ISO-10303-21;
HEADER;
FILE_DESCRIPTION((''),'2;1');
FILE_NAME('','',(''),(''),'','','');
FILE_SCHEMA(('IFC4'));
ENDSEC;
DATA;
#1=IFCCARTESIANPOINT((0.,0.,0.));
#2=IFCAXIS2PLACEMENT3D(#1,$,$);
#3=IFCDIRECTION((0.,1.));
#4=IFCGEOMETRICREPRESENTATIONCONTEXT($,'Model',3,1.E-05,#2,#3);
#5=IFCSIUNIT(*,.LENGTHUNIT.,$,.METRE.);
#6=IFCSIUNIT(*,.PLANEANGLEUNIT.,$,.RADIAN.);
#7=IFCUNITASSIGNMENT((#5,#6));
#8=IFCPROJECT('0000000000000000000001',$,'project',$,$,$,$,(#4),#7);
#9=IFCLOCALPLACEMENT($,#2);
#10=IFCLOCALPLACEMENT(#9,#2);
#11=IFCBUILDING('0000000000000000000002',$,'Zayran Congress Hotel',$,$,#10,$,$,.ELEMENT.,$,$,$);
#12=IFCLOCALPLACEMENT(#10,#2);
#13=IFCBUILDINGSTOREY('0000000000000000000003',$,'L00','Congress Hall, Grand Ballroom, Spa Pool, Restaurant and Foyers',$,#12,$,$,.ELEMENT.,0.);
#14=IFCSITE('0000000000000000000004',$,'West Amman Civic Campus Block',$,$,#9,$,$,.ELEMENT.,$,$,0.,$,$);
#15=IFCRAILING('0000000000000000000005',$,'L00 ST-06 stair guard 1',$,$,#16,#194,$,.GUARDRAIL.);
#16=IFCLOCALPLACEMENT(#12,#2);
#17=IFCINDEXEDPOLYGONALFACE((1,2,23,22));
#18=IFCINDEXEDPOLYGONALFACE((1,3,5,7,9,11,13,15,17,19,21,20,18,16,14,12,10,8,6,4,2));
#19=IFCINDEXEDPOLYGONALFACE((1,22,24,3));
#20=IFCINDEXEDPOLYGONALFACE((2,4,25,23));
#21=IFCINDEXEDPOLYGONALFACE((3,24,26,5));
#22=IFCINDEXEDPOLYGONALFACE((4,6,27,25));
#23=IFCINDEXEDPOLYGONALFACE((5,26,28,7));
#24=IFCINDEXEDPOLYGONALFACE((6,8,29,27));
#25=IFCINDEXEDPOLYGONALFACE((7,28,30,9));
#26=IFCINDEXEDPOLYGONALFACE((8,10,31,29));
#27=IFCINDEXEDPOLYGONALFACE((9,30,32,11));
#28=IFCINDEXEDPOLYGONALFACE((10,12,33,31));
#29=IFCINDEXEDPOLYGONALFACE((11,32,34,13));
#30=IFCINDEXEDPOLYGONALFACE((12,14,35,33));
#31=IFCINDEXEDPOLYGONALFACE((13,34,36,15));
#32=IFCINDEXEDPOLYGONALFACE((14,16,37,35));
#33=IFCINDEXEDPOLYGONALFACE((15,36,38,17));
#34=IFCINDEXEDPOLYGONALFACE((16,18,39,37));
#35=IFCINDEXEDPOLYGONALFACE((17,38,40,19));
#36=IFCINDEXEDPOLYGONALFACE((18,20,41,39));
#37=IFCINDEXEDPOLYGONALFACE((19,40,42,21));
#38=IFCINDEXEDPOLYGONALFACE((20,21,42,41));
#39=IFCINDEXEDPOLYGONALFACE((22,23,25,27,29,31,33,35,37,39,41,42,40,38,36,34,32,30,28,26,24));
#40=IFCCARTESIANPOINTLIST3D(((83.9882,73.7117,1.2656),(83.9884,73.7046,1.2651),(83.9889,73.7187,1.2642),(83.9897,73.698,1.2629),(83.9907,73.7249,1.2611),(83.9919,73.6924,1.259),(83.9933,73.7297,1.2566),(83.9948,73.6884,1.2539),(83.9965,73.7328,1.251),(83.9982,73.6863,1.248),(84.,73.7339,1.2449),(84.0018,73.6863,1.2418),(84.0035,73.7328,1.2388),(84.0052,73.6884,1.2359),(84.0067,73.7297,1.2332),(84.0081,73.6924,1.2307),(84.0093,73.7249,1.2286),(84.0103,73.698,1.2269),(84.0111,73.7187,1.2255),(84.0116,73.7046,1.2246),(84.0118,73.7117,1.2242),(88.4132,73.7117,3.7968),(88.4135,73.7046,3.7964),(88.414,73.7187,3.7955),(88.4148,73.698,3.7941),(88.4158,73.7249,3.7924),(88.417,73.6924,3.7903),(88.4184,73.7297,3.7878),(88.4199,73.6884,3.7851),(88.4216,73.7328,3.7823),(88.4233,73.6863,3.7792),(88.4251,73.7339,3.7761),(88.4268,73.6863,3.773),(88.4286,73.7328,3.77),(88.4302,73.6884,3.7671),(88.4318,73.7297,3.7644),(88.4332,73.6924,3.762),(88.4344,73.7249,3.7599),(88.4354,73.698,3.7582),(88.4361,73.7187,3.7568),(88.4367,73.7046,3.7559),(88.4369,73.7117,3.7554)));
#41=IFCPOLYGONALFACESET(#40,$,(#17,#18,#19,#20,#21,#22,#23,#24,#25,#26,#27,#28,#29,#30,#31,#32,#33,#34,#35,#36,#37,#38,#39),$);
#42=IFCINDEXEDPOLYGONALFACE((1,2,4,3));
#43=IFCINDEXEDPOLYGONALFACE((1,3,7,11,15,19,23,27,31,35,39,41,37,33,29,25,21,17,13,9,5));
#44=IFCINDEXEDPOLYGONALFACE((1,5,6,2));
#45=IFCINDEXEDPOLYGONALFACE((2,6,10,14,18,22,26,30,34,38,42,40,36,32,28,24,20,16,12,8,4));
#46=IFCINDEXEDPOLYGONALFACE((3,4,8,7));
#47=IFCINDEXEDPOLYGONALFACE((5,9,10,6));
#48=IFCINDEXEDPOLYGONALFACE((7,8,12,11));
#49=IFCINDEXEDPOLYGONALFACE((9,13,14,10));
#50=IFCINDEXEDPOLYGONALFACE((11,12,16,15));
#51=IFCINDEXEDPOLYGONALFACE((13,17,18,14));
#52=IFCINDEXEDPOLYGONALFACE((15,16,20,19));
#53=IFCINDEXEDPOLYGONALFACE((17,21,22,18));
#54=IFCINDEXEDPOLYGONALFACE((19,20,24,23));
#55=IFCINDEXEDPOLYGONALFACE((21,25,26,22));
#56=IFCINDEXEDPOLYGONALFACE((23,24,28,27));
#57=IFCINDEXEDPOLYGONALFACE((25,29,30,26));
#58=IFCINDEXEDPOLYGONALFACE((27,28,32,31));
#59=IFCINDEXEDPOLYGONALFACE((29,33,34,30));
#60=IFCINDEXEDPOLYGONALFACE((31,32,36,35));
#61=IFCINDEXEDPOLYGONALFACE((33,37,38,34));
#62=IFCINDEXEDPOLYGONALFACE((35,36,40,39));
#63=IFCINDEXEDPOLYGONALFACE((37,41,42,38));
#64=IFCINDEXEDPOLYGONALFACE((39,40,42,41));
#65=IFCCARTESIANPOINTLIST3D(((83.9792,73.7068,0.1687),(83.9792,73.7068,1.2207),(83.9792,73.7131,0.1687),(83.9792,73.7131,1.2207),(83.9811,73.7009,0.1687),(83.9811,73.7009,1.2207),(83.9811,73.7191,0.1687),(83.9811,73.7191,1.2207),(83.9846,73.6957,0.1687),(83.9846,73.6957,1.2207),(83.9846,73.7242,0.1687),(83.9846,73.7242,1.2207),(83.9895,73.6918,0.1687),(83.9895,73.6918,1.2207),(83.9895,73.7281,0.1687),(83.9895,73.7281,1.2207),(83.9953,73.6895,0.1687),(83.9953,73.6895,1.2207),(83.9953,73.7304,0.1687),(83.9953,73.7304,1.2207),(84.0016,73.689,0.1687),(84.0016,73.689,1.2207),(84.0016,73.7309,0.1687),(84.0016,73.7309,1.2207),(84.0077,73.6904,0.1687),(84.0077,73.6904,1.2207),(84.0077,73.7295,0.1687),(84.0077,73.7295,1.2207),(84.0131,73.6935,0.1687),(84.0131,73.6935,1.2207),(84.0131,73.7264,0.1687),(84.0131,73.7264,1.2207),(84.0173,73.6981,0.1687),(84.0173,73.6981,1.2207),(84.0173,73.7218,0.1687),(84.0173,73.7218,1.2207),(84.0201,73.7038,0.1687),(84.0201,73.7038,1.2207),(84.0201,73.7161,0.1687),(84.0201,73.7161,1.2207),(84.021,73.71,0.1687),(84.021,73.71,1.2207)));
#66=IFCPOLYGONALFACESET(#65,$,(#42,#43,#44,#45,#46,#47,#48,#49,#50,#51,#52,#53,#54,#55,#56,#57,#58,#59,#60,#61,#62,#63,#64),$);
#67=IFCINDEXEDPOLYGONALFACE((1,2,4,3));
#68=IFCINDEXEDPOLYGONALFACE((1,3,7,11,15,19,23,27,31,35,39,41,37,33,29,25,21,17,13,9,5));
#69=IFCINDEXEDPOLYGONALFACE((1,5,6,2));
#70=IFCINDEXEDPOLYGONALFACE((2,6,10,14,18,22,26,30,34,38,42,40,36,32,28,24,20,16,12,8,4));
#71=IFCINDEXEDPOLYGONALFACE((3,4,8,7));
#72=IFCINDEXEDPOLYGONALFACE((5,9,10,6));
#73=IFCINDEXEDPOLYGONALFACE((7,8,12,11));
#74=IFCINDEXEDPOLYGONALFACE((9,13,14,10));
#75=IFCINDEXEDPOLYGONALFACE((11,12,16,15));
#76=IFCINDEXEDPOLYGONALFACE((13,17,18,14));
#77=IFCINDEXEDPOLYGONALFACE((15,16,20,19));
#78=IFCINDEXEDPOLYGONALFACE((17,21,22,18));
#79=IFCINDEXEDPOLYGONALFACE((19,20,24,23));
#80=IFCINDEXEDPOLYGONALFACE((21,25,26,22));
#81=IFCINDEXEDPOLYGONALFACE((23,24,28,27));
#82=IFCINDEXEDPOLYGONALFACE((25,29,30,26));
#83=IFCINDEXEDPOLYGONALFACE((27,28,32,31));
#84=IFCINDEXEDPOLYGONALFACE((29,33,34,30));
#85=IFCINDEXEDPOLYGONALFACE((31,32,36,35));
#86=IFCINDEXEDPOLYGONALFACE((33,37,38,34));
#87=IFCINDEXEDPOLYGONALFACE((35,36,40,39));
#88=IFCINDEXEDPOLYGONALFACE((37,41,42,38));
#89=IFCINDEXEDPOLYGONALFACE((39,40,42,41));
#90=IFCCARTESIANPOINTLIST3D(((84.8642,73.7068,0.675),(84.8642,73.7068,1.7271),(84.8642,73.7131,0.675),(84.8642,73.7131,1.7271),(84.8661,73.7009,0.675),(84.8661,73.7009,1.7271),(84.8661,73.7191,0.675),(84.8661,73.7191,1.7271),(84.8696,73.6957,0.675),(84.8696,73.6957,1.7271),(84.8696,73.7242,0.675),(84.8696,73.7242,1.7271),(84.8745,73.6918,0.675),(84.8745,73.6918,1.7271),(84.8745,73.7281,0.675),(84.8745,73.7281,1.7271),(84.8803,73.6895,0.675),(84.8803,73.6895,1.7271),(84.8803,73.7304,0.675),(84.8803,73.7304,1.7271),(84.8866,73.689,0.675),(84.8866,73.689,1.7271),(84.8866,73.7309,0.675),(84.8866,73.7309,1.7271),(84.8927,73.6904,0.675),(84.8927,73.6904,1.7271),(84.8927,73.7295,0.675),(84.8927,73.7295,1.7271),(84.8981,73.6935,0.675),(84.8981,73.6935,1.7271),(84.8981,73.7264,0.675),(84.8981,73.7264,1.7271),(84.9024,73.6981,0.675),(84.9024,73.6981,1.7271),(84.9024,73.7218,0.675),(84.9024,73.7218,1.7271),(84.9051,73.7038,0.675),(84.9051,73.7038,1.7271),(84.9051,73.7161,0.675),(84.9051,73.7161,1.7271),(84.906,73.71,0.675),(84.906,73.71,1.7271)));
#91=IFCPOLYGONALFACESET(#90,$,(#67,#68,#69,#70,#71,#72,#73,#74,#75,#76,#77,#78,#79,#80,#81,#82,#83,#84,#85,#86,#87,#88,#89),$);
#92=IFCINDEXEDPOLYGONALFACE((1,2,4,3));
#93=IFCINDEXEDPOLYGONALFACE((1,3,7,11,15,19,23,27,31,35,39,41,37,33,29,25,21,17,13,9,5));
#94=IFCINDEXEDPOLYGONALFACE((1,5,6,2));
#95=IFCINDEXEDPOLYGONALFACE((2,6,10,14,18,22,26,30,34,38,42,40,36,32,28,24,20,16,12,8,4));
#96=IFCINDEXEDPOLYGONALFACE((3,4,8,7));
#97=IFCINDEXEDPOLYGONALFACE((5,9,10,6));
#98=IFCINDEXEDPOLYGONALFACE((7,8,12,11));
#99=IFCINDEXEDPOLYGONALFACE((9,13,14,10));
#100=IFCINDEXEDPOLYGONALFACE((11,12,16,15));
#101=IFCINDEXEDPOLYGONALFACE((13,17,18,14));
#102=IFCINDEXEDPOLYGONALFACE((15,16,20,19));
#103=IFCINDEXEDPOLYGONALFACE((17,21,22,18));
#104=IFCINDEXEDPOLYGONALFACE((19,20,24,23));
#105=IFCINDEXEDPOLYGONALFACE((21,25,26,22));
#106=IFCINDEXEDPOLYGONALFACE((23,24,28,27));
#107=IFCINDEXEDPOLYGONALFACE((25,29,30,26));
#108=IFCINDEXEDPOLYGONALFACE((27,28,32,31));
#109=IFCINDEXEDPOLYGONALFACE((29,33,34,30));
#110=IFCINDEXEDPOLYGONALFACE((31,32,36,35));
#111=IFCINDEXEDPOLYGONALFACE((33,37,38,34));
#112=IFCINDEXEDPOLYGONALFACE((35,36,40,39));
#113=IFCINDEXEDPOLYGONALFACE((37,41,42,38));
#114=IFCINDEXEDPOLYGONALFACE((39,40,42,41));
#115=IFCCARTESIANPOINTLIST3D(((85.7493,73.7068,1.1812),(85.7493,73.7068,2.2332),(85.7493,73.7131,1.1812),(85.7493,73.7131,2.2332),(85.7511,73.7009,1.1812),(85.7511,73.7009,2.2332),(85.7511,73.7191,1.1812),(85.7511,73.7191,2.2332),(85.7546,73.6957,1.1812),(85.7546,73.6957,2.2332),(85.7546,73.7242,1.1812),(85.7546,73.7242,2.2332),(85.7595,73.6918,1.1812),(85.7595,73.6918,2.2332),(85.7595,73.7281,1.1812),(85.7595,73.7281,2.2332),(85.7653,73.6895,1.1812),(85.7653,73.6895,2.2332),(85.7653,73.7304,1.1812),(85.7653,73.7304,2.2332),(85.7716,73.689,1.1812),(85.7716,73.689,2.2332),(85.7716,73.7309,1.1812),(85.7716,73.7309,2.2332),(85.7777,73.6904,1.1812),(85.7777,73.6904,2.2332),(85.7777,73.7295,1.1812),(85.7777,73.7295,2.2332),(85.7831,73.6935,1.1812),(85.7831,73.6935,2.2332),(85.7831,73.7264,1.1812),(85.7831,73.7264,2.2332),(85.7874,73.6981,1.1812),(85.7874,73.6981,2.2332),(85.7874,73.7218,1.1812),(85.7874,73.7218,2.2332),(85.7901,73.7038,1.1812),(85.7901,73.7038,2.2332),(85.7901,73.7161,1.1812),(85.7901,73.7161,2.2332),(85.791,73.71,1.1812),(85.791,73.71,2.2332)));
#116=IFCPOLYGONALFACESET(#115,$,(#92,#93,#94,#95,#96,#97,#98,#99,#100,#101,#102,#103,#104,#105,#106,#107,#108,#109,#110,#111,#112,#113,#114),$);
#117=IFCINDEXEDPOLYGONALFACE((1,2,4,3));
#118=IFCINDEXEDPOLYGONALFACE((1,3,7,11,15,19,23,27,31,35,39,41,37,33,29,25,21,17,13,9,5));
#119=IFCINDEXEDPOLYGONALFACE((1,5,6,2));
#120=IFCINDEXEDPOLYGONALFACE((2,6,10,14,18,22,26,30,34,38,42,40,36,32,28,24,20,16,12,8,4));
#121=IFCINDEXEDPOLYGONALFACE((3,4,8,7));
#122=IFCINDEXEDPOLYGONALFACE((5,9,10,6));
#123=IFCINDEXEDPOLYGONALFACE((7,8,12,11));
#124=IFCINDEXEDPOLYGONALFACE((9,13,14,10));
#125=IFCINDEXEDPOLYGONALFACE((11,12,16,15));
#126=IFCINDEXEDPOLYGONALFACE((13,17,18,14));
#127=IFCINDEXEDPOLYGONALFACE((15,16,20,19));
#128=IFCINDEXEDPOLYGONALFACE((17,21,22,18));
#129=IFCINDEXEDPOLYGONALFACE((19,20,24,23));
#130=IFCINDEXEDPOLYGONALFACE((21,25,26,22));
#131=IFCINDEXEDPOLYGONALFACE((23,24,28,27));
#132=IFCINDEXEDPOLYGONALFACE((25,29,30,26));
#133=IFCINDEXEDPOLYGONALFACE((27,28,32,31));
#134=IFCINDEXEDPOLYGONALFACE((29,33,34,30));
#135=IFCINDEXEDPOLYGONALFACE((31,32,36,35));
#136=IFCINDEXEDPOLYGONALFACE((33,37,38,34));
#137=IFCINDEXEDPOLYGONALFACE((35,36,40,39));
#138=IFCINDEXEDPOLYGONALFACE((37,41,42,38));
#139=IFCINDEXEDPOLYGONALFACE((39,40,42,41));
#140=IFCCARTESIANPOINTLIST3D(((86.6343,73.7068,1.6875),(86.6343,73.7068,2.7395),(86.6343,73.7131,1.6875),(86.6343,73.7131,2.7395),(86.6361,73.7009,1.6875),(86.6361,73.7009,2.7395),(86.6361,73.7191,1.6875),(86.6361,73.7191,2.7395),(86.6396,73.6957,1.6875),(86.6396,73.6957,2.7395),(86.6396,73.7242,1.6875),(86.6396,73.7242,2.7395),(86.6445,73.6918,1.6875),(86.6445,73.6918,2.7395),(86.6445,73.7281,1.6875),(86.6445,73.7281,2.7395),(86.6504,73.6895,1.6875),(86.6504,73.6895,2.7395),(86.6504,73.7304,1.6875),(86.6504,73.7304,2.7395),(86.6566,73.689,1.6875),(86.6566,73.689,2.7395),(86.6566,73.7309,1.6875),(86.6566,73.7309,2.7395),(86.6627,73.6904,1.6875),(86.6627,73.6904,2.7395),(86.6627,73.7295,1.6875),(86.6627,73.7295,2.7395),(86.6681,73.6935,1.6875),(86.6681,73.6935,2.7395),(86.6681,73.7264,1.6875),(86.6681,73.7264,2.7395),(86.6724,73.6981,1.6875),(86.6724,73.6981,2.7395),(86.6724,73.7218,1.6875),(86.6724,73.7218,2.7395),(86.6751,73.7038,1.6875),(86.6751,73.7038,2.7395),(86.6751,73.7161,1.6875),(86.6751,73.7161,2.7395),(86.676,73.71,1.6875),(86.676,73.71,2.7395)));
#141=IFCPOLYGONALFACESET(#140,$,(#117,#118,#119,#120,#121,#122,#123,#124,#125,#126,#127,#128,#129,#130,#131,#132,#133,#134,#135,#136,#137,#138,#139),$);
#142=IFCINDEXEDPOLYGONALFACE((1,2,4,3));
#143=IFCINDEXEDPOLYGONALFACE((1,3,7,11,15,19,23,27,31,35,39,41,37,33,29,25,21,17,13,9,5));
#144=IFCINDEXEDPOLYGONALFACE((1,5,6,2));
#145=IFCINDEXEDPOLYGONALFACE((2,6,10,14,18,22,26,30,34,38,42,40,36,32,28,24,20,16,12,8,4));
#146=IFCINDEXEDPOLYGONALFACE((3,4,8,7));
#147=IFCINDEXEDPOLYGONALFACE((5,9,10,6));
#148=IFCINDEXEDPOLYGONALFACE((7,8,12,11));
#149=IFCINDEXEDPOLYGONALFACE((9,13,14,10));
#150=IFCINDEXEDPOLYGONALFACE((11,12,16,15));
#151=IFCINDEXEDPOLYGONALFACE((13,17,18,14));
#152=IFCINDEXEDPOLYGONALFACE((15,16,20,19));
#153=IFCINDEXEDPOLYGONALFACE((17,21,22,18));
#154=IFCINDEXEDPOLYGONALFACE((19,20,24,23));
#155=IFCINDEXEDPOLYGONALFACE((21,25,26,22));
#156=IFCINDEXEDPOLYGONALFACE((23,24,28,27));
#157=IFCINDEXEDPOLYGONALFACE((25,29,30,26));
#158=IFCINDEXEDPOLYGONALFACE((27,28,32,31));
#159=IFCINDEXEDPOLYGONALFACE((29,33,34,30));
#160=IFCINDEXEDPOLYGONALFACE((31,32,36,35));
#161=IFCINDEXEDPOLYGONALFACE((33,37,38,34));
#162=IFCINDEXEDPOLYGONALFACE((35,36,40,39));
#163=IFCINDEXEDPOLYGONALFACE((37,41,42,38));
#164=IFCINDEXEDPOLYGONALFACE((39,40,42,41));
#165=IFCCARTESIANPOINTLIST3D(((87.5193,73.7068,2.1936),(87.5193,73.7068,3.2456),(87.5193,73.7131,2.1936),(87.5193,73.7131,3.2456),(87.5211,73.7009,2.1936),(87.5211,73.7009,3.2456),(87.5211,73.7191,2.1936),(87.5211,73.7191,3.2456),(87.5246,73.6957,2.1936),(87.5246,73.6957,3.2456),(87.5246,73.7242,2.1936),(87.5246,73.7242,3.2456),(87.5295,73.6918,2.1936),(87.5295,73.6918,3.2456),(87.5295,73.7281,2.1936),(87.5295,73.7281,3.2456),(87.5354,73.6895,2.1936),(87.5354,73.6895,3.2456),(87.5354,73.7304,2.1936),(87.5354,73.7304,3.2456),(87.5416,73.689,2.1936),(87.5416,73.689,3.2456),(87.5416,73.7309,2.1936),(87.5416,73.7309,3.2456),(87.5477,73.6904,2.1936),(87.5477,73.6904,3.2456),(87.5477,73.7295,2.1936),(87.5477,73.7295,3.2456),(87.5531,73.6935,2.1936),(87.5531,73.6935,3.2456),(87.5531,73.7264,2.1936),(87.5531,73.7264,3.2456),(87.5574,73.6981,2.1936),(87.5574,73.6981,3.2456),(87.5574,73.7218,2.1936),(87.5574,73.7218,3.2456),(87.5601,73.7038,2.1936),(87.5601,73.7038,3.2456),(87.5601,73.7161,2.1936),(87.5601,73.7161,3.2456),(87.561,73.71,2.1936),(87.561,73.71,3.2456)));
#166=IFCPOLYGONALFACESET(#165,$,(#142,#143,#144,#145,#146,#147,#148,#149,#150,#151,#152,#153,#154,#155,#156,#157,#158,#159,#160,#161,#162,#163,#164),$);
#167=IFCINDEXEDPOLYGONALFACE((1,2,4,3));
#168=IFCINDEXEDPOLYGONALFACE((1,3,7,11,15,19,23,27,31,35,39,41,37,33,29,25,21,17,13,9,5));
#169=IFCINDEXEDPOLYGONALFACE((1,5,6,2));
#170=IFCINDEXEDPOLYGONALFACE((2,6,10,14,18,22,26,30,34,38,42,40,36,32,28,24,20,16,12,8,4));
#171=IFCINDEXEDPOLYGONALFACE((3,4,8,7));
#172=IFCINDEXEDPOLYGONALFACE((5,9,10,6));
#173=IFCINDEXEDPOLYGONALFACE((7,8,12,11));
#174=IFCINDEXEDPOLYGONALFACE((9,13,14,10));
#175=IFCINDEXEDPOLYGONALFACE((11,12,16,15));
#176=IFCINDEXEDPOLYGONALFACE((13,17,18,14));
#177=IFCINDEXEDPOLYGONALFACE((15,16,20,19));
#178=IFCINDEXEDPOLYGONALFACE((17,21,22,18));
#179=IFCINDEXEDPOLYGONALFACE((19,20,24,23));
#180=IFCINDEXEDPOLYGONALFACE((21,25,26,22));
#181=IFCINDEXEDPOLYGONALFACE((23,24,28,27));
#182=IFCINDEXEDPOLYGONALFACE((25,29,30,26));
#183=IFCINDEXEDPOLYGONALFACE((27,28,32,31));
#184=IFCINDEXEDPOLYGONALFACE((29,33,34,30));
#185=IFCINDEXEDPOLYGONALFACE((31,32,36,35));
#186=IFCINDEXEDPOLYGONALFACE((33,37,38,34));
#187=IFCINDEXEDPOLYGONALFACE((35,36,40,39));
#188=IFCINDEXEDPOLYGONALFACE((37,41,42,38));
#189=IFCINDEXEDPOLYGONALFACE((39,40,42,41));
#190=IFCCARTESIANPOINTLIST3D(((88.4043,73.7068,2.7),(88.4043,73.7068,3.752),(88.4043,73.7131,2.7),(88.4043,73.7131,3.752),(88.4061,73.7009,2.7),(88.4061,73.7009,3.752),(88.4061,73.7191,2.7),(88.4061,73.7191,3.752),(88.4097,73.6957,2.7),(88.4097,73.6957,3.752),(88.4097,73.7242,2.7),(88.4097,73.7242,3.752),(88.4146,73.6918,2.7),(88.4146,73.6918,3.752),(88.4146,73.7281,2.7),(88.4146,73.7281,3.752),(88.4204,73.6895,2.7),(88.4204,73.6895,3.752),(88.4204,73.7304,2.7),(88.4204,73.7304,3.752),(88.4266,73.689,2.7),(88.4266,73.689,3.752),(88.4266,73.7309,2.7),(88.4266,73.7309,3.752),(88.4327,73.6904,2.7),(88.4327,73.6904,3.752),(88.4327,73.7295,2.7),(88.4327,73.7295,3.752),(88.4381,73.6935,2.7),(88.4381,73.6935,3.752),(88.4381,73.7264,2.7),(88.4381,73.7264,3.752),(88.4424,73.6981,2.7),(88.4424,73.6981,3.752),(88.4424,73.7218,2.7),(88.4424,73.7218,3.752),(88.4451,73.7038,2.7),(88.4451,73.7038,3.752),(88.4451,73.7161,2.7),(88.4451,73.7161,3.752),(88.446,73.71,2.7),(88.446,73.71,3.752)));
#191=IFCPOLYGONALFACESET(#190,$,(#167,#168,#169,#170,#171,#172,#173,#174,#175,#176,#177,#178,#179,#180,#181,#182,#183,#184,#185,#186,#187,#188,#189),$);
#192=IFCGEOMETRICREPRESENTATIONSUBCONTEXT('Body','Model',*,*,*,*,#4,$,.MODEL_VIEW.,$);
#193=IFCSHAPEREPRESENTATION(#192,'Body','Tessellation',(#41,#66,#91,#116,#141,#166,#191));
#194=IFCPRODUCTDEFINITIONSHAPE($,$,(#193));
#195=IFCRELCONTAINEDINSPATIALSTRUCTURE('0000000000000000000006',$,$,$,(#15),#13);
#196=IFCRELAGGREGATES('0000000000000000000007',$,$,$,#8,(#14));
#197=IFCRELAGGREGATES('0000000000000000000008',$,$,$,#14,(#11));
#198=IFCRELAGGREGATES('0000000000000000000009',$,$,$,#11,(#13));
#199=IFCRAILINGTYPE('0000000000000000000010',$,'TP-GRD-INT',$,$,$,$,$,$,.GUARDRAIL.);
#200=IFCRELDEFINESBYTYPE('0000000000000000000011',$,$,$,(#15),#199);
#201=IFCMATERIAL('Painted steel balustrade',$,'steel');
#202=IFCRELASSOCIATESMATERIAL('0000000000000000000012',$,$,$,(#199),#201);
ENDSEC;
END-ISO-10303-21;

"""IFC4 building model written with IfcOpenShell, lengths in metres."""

from ifc_helpers import new_model, si_unit, direction, frame, origin, origin_2d, place, context, subcontext, project, spatial, circle, extrude, material, type_object, element, save


model = new_model("IFC4")

# Units and contexts
model_context = context("Model", 3, precision=1e-05, world=origin(), true_north=direction((0.0, 1.0)))
body_context = subcontext(model_context, "Body", "Model", "MODEL_VIEW")
ifc_project = project(units=[si_unit("LENGTHUNIT", "METRE"), si_unit("PLANEANGLEUNIT", "RADIAN")], contexts=[model_context])

# Site, building, storey
site_placement = place(None, origin())
site = spatial("IfcSite", under=ifc_project, at=site_placement, Name="West Amman Civic Campus Block", CompositionType="ELEMENT", RefElevation=0.0)
building_placement = place(site_placement, origin())
building = spatial("IfcBuilding", under=site, at=building_placement, Name="Zayran Congress Hotel", CompositionType="ELEMENT")
storey_placement = place(building_placement, origin())
storey = spatial("IfcBuildingStorey", under=building, at=storey_placement, Name="L00", Description="Congress Hall, Grand Ballroom, Spa Pool, Restaurant and Foyers", CompositionType="ELEMENT", Elevation=0.0)

# Railing
ifc_material_1 = material(Name="Painted steel balustrade", Category="steel")
railing_type_1 = type_object("IfcRailingType", Name="TP-GRD-INT", PredefinedType="GUARDRAIL", material=ifc_material_1)
railing_1_placement = place(storey_placement, frame((84.0, 73.71, 0.1687)))
element("IfcRailing", 1, at=railing_1_placement, inside=storey, type_object=railing_type_1, Name="L00 ST-06 stair guard 1", PredefinedType="GUARDRAIL", context=body_context, shape_type="SweptSolid", body=[
    extrude(circle(Radius=0.0239, at=origin_2d()), frame((0.0, 0.0, 1.0762), z_axis=(0.868019, 0.0, 0.496531), x_axis=(0.0, 1.0, 0.0)), (0.0, 0.0, 1.0), 5.0979),
    extrude(circle(Radius=0.021, at=origin_2d()), origin(), (0.0, 0.0, 1.0), 1.052),
    extrude(circle(Radius=0.021, at=origin_2d()), frame((0.885, 0.0, 0.5063)), (0.0, 0.0, 1.0), 1.052),
    extrude(circle(Radius=0.021, at=origin_2d()), frame((1.77, 0.0, 1.0125)), (0.0, 0.0, 1.0), 1.052),
    extrude(circle(Radius=0.021, at=origin_2d()), frame((2.655, 0.0, 1.5188)), (0.0, 0.0, 1.0), 1.052),
    extrude(circle(Radius=0.021, at=origin_2d()), frame((3.54, 0.0, 2.0249)), (0.0, 0.0, 1.0), 1.052),
    extrude(circle(Radius=0.021, at=origin_2d()), frame((4.425, 0.0, 2.5312)), (0.0, 0.0, 1.0), 1.052),
])

save(model, "model.ifc")
